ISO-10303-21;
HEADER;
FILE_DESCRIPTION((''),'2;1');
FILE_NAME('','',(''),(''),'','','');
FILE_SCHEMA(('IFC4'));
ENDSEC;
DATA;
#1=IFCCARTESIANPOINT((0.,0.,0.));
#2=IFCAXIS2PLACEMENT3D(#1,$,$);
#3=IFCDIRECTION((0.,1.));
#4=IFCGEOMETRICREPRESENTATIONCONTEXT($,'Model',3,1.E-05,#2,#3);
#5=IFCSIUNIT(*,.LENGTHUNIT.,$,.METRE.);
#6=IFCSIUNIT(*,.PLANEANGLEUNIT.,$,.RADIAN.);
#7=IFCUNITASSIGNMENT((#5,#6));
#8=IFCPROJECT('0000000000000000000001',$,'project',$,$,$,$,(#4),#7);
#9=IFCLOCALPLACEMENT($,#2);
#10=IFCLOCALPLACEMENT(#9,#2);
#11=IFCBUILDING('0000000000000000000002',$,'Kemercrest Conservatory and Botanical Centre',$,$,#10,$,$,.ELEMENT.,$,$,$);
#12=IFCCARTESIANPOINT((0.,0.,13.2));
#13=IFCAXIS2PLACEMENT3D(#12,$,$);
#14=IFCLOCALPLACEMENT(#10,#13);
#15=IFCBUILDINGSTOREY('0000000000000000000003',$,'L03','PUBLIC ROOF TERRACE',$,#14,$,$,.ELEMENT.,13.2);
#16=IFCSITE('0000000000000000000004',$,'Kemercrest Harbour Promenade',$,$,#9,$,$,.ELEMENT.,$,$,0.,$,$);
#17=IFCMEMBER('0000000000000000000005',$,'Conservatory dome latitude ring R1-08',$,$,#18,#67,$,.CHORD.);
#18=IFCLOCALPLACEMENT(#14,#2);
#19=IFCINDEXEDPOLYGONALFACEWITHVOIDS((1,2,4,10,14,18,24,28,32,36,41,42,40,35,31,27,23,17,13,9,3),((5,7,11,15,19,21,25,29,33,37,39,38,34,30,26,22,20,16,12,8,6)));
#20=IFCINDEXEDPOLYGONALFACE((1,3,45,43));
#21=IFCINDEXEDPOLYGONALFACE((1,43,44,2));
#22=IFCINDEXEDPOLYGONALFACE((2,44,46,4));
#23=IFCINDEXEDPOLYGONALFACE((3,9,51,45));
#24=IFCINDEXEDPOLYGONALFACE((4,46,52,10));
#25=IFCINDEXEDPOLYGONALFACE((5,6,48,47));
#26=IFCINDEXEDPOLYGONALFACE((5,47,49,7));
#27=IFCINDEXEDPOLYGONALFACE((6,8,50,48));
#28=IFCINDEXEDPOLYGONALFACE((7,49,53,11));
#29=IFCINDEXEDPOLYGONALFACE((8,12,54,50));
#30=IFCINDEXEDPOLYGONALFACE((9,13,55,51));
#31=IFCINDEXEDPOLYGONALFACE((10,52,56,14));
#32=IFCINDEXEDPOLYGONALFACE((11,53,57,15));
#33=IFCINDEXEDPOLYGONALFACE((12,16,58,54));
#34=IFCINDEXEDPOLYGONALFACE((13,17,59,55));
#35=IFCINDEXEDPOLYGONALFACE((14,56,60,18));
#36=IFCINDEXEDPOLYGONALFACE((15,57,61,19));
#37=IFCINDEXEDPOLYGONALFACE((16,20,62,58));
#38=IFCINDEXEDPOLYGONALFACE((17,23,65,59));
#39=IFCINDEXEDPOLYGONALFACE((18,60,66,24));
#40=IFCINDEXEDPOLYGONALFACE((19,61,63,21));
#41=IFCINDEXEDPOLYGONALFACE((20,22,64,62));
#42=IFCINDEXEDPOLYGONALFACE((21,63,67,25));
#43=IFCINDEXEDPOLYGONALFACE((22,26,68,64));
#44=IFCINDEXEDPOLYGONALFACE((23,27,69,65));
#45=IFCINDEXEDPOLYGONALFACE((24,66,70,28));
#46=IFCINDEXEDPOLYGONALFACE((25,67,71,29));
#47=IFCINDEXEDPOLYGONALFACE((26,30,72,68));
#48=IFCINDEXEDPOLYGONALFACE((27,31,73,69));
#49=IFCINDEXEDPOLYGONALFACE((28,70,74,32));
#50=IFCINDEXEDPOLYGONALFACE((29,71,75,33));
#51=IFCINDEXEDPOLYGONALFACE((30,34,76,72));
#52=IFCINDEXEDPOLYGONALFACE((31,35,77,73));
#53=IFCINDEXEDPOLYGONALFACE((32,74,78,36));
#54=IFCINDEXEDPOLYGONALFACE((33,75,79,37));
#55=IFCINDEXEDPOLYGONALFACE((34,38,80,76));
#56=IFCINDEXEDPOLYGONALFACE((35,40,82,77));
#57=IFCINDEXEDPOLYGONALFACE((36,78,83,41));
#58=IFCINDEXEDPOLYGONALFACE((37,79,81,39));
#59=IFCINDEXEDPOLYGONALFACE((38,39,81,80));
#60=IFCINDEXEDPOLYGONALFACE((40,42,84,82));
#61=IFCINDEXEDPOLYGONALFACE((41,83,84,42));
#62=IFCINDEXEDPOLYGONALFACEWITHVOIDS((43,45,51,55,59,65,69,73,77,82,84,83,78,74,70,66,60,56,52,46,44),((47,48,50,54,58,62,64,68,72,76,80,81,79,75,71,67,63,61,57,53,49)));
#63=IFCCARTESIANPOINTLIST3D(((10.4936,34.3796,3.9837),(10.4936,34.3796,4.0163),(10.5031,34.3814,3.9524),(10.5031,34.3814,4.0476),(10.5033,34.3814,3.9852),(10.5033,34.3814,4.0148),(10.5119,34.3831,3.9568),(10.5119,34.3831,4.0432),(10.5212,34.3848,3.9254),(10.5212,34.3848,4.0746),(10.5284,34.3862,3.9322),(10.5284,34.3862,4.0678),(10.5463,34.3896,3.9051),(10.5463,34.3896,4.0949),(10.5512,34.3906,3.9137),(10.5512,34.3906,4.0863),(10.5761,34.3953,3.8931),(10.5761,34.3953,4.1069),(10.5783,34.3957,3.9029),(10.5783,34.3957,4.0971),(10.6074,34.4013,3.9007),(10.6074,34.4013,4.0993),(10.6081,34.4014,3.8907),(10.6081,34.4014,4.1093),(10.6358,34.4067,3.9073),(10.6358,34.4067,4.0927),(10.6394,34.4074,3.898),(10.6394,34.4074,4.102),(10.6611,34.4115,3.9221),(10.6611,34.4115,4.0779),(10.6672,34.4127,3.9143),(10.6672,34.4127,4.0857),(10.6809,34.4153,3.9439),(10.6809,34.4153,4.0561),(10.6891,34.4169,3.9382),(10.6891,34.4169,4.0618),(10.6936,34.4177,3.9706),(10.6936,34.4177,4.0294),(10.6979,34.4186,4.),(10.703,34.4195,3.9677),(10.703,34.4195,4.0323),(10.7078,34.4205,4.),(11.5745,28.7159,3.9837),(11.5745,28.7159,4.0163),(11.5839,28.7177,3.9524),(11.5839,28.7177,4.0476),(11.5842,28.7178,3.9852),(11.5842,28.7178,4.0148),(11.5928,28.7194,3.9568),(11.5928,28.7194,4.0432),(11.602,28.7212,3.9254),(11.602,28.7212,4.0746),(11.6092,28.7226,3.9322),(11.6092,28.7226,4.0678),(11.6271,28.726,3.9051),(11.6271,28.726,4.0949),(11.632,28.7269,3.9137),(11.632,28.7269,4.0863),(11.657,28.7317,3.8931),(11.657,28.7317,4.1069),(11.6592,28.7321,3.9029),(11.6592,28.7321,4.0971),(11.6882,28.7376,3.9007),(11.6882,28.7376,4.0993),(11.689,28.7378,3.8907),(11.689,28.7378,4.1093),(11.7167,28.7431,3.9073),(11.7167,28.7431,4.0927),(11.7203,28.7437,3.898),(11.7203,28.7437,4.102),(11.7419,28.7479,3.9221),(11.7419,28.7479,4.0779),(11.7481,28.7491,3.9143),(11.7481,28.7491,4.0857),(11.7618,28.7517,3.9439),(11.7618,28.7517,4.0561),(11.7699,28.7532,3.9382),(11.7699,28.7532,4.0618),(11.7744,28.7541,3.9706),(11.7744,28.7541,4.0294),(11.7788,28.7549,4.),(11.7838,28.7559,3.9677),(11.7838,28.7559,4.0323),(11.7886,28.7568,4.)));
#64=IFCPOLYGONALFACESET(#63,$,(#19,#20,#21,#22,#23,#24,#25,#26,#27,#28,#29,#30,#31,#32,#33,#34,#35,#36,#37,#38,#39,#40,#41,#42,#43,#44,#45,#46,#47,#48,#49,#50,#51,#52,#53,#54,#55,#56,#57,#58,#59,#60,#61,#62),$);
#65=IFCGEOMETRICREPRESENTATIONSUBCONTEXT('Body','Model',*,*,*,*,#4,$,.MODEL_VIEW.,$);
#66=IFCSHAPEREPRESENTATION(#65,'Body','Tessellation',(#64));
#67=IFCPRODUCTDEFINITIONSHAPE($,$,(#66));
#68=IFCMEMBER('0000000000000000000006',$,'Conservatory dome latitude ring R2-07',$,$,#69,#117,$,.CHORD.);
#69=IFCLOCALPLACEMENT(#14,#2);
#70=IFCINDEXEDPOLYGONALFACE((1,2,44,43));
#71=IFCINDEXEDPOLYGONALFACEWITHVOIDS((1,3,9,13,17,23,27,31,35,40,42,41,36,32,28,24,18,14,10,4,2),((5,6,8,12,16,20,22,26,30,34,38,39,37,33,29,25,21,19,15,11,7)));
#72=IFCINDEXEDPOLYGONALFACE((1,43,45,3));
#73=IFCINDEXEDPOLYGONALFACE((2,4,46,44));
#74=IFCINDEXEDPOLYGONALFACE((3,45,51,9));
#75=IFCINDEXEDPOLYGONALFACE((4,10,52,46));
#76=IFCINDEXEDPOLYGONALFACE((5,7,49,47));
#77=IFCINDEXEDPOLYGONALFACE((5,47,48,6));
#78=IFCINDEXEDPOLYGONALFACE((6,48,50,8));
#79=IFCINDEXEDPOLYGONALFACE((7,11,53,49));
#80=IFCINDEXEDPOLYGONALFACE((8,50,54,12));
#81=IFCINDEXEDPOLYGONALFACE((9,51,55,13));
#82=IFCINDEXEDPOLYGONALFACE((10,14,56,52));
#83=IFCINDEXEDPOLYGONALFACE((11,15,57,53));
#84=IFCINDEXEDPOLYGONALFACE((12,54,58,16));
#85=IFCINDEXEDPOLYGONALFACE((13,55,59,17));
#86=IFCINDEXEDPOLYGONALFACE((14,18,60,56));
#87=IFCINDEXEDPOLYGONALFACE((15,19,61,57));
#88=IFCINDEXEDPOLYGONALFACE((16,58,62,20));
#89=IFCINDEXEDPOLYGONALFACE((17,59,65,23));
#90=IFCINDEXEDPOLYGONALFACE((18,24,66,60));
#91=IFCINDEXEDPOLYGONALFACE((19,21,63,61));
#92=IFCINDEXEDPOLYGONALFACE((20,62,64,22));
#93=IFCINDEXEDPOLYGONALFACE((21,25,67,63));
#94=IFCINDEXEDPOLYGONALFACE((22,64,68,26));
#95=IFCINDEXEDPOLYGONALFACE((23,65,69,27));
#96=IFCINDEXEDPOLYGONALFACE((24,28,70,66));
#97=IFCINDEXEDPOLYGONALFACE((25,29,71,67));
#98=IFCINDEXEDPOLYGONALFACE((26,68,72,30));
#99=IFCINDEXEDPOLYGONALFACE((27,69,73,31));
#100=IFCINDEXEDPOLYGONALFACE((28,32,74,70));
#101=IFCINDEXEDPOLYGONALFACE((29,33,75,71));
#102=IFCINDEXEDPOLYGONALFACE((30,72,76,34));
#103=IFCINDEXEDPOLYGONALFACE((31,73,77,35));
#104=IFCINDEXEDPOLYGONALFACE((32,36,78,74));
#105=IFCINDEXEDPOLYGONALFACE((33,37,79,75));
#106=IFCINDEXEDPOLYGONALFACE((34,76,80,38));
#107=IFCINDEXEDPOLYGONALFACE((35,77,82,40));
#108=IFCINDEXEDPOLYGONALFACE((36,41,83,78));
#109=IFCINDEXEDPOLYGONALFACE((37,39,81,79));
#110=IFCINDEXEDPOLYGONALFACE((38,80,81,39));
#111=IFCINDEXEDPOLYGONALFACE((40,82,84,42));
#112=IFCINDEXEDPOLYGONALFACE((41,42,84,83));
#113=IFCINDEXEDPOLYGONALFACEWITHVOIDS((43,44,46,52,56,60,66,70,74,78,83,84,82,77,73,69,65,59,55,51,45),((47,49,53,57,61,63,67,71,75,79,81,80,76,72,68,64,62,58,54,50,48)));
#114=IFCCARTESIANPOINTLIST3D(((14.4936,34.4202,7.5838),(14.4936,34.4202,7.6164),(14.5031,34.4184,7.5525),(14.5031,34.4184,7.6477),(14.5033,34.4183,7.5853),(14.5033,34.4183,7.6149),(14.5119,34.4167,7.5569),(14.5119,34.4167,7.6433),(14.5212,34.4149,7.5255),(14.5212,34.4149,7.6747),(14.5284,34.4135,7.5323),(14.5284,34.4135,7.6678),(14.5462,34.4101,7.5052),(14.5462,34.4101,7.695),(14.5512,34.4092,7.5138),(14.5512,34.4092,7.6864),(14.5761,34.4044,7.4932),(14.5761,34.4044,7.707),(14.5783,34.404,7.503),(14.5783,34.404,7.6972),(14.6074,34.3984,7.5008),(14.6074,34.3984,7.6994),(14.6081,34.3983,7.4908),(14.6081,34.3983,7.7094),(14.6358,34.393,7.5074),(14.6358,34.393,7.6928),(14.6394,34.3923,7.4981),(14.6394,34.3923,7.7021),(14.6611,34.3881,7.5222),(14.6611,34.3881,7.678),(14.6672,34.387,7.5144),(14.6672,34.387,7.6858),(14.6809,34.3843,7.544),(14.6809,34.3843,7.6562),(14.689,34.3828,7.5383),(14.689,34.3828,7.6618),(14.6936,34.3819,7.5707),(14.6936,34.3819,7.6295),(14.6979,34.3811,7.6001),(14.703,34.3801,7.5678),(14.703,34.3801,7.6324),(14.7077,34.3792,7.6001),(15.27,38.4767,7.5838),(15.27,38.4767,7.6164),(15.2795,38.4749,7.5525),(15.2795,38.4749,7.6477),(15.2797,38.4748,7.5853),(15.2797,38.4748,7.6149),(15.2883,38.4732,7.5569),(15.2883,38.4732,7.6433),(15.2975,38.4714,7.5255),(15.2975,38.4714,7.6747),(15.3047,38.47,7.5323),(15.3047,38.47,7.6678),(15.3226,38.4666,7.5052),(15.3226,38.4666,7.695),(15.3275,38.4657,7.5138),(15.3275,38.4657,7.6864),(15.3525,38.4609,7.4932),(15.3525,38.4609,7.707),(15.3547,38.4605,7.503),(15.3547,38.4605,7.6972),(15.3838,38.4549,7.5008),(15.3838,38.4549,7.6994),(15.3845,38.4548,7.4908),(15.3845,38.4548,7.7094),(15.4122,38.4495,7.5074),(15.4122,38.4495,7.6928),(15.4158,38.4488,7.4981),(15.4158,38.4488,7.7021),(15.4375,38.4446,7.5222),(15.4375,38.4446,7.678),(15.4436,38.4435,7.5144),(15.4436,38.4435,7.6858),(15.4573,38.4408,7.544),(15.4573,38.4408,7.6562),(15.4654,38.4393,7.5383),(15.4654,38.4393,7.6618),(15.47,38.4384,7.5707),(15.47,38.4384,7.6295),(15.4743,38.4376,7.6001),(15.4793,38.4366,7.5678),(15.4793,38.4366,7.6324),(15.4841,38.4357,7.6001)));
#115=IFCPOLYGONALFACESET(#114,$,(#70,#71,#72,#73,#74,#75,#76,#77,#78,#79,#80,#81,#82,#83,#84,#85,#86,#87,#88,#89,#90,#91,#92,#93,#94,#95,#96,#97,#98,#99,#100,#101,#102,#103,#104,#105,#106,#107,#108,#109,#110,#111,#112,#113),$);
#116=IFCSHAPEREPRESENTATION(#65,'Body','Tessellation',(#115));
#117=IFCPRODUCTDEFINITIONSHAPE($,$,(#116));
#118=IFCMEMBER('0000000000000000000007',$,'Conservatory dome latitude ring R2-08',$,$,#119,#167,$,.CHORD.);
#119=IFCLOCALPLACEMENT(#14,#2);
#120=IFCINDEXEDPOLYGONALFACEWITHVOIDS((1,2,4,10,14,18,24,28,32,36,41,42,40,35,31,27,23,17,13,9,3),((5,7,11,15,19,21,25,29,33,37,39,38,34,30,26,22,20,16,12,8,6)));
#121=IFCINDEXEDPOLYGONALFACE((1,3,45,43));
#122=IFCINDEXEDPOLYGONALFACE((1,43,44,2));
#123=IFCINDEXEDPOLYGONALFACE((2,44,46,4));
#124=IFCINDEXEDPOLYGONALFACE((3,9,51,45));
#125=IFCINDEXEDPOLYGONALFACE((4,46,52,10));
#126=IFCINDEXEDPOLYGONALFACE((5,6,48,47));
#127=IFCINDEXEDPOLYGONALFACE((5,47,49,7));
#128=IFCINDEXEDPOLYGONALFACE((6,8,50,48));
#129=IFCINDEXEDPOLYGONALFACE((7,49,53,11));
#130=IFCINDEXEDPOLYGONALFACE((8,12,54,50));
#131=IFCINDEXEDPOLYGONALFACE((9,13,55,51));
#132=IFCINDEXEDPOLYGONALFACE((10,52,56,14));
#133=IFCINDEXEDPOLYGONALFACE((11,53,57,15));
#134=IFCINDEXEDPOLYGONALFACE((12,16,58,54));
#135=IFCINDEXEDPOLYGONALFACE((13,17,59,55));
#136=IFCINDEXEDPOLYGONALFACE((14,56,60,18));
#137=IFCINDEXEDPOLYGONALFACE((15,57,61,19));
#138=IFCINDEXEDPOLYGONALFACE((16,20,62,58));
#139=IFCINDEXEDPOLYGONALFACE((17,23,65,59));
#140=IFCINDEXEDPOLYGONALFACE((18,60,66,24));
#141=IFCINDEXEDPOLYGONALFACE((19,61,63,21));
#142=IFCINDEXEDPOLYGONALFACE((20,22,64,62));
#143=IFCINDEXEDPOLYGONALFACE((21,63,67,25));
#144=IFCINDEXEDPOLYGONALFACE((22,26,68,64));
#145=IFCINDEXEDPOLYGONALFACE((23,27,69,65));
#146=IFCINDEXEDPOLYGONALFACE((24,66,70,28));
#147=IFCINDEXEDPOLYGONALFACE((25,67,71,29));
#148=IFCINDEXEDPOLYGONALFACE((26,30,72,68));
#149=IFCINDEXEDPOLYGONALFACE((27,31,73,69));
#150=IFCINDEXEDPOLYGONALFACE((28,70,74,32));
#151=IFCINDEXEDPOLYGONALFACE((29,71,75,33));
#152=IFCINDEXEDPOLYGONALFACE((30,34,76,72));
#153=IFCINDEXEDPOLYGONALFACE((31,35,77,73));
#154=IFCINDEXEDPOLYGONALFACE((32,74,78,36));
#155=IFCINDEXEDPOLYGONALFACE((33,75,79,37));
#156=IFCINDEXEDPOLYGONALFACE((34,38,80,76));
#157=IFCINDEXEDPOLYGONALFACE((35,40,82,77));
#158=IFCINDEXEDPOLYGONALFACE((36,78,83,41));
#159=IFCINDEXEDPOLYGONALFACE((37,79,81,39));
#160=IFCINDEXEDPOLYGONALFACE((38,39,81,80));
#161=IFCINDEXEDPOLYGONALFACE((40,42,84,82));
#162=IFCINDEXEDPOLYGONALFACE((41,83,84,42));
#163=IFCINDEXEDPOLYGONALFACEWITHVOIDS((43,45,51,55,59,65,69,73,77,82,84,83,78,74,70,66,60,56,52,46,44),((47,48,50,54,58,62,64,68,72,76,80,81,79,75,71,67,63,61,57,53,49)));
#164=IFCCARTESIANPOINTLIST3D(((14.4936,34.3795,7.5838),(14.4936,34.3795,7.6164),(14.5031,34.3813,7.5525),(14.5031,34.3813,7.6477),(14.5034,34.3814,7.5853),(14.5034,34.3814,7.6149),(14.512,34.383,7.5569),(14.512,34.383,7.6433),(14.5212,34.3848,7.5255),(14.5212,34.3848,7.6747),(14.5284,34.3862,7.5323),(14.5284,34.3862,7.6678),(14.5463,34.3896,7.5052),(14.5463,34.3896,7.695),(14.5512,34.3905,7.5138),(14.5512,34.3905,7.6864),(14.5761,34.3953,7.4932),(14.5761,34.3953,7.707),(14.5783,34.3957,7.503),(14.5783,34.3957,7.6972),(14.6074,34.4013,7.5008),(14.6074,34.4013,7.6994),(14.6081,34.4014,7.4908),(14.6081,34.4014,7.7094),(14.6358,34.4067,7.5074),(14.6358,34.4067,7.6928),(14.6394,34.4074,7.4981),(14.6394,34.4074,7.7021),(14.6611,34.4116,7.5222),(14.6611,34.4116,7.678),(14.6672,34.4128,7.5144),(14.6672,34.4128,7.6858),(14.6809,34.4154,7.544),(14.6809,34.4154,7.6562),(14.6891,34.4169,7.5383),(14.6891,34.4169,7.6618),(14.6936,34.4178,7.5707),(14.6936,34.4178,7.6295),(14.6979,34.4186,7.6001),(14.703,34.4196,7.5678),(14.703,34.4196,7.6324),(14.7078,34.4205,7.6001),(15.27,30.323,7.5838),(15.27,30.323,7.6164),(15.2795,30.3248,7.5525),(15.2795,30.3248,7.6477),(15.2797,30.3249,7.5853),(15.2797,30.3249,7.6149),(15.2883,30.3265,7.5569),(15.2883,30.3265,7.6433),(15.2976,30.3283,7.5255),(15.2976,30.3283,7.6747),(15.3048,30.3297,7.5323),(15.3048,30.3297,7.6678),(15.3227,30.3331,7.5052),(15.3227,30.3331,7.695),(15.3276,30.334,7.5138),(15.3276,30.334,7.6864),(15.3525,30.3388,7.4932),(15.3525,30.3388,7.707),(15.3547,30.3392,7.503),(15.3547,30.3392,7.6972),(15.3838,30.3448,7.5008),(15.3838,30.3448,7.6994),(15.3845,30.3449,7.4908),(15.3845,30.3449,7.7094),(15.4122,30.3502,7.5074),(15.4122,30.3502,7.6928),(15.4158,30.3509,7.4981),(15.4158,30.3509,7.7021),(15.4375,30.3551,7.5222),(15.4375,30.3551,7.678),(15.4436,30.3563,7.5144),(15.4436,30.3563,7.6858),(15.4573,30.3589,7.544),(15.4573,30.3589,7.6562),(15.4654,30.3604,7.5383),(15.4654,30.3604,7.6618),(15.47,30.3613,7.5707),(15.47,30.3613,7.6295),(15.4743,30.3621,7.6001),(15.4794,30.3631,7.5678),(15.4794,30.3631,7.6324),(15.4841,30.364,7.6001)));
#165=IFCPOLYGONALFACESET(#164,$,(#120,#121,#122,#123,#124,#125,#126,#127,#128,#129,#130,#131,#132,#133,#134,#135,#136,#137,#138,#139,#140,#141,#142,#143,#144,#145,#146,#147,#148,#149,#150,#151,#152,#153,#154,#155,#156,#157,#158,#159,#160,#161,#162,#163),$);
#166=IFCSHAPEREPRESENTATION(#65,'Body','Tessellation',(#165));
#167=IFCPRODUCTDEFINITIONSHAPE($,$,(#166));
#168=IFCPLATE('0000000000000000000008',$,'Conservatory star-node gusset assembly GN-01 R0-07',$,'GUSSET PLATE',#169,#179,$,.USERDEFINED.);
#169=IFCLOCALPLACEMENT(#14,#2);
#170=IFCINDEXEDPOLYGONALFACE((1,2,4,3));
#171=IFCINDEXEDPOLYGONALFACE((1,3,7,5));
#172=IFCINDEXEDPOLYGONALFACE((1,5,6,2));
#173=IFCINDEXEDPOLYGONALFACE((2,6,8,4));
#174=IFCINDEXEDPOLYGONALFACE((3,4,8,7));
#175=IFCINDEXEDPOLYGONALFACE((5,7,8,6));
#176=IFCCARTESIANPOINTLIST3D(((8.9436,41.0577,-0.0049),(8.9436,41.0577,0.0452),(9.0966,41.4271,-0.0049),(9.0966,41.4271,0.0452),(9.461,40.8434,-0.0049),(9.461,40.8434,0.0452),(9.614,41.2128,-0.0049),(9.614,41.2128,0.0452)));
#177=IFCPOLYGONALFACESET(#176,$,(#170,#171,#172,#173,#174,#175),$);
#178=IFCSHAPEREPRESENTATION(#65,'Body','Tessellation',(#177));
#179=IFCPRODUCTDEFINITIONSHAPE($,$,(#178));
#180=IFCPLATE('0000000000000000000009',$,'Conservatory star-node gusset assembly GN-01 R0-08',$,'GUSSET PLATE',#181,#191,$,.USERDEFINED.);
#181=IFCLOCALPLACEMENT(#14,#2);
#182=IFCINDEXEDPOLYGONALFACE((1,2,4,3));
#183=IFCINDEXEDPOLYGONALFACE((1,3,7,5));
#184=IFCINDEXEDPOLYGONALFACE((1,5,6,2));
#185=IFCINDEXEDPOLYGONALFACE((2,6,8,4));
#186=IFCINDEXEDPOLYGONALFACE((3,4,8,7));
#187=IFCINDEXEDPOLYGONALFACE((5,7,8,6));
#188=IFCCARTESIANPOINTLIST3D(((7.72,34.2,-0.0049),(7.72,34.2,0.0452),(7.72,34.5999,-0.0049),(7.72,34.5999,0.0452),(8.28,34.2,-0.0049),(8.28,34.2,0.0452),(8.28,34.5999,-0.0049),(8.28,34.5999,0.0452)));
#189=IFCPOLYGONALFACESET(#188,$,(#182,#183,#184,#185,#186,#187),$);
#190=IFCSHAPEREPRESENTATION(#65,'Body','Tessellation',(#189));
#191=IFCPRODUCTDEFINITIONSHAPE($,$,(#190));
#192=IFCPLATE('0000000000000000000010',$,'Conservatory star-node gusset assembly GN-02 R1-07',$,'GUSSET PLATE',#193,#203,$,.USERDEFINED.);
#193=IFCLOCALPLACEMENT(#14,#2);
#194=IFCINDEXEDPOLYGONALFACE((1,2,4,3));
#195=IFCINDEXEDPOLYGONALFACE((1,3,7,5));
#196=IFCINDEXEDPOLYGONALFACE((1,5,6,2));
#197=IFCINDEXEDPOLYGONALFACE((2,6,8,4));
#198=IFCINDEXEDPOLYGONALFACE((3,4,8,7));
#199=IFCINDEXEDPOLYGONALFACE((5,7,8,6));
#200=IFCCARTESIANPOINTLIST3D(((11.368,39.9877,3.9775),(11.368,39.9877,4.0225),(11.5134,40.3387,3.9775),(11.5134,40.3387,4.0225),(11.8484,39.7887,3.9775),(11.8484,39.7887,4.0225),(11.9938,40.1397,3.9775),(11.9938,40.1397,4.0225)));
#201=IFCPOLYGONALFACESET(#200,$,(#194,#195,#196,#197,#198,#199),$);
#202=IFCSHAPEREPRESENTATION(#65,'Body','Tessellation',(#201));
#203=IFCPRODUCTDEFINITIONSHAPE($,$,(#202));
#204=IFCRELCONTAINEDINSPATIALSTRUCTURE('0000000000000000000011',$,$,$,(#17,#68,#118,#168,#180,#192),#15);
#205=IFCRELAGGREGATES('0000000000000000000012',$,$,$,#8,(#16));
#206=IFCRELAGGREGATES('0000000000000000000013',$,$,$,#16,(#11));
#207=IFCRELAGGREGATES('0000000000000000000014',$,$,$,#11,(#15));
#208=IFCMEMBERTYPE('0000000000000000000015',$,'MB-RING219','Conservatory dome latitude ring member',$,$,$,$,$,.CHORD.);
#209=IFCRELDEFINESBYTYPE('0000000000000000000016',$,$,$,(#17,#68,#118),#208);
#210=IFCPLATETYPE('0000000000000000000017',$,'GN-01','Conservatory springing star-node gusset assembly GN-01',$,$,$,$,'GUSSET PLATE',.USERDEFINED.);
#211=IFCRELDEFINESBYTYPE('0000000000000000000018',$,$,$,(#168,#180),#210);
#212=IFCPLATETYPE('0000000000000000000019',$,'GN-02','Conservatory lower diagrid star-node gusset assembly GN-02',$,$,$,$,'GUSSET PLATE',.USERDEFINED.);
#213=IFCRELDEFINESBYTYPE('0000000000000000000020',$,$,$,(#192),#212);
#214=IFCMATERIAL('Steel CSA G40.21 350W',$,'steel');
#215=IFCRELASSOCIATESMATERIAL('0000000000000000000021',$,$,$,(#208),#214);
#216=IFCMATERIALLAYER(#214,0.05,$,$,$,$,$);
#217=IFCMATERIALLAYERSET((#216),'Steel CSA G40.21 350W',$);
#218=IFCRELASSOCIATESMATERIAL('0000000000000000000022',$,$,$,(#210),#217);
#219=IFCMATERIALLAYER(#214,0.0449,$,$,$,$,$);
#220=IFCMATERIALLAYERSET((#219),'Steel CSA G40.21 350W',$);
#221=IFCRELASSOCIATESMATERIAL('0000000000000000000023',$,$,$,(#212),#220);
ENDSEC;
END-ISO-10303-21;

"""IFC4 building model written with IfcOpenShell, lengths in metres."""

from ifc_helpers import new_model, si_unit, direction, frame, origin, origin_2d, place, context, subcontext, project, spatial, rectangle, hollow_circle, extrude, material, layer, layer_set, material_profile, profile_set, type_object, element, save


model = new_model("IFC4")

# Units and contexts
model_context = context("Model", 3, precision=1e-05, world=origin(), true_north=direction((0.0, 1.0)))
body_context = subcontext(model_context, "Body", "Model", "MODEL_VIEW")
ifc_project = project(units=[si_unit("LENGTHUNIT", "METRE"), si_unit("PLANEANGLEUNIT", "RADIAN")], contexts=[model_context])

# Site, building, storey
site_placement = place(None, origin())
site = spatial("IfcSite", under=ifc_project, at=site_placement, Name="Kemercrest Harbour Promenade", CompositionType="ELEMENT", RefElevation=0.0)
building_placement = place(site_placement, origin())
building = spatial("IfcBuilding", under=site, at=building_placement, Name="Kemercrest Conservatory and Botanical Centre", CompositionType="ELEMENT")
storey_placement = place(building_placement, frame((0.0, 0.0, 13.2)))
storey = spatial("IfcBuildingStorey", under=building, at=storey_placement, Name="L03", Description="PUBLIC ROOF TERRACE", CompositionType="ELEMENT", Elevation=13.2)

# Shared definitions
ifc_material_1 = material(Name="Steel CSA G40.21 350W", Category="steel")

# Members
ifc_material_profile_1 = material_profile(ifc_material_1, hollow_circle(Radius=0.1096, WallThickness=0.01, at=origin_2d()), Name="CHS 219.1x10.0")
ifc_profile_set_1 = profile_set([ifc_material_profile_1], Name="Steel CSA G40.21 350W")
member_type_1 = type_object("IfcMemberType", Name="MB-RING219", Description="Conservatory dome latitude ring member", PredefinedType="CHORD", material=ifc_profile_set_1)
member_1_placement = place(storey_placement, frame((10.6001, 34.3999, 4.0), z_axis=(0.187453, -0.982274, 0.0), x_axis=(0.982274, 0.187453, 0.0)))
element("IfcMember", 1, at=member_1_placement, inside=storey, type_object=member_type_1, Name="Conservatory dome latitude ring R1-08", PredefinedType="CHORD", context=body_context, shape_type="SweptSolid", body=[
    extrude(hollow_circle(Radius=0.1096, WallThickness=0.01, at=origin_2d()), origin(), (0.0, 0.0, 1.0), 5.7659),
])
for number, where, z_axis, x_axis, name in (
    (2, (15.3765, 38.4563, 7.6001), (-0.187981, -0.982173, 0.0), (0.982173, -0.187981, 0.0), "Conservatory dome latitude ring R2-07"),
    (3, (14.6001, 34.3999, 7.6001), (0.187981, -0.982173, 0.0), (0.982173, 0.187981, 0.0), "Conservatory dome latitude ring R2-08"),
):
    element("IfcMember", number, at=place(storey_placement, frame(where, z_axis=z_axis, x_axis=x_axis)), inside=storey, type_object=member_type_1, Name=name, PredefinedType="CHORD", context=body_context, shape_type="SweptSolid", body=[
        extrude(hollow_circle(Radius=0.1096, WallThickness=0.01, at=origin_2d()), origin(), (0.0, 0.0, 1.0), 4.1301),
    ])

# Plates
ifc_layer_1 = layer(ifc_material_1, 0.05)
ifc_layer_set_1 = layer_set([ifc_layer_1], Name="Steel CSA G40.21 350W")
plate_type_1 = type_object("IfcPlateType", Name="GN-01", Description="Conservatory springing star-node gusset assembly GN-01", ElementType="GUSSET PLATE", PredefinedType="USERDEFINED", material=ifc_layer_set_1)
for number, where, z_axis, x_axis, name in (
    (4, (9.2788, 41.1353, -0.0049), (0.0, 0.0, 1.0), (-0.92388, 0.382683, 0.0), "Conservatory star-node gusset assembly GN-01 R0-07"),
    (5, (8.0, 34.3999, -0.0049), (0.0, 0.0, 1.0), (1.0, 0.0, 0.0), "Conservatory star-node gusset assembly GN-01 R0-08"),
):
    element("IfcPlate", number, at=place(storey_placement, frame(where, z_axis=z_axis, x_axis=x_axis)), inside=storey, type_object=plate_type_1, Name=name, ObjectType="GUSSET PLATE", PredefinedType="USERDEFINED", context=body_context, shape_type="SweptSolid", body=[
        extrude(rectangle(XDim=0.5601, YDim=0.3999, at=origin_2d()), origin(), (0.0, 0.0, 1.0), 0.05),
    ])
ifc_layer_2 = layer(ifc_material_1, 0.0449)
ifc_layer_set_2 = layer_set([ifc_layer_2], Name="Steel CSA G40.21 350W")
plate_type_2 = type_object("IfcPlateType", Name="GN-02", Description="Conservatory lower diagrid star-node gusset assembly GN-02", ElementType="GUSSET PLATE", PredefinedType="USERDEFINED", material=ifc_layer_set_2)
for number, where, z_axis, x_axis, name in (
    (6, (11.6809, 40.0637, 3.9775), (0.0, 0.0, 1.0), (-0.92388, 0.382683, 0.0), "Conservatory star-node gusset assembly GN-02 R1-07"),
):
    element("IfcPlate", number, at=place(storey_placement, frame(where, z_axis=z_axis, x_axis=x_axis)), inside=storey, type_object=plate_type_2, Name=name, ObjectType="GUSSET PLATE", PredefinedType="USERDEFINED", context=body_context, shape_type="SweptSolid", body=[
        extrude(rectangle(XDim=0.52, YDim=0.3799, at=origin_2d()), origin(), (0.0, 0.0, 1.0), 0.0449),
    ])

save(model, "model.ifc")
